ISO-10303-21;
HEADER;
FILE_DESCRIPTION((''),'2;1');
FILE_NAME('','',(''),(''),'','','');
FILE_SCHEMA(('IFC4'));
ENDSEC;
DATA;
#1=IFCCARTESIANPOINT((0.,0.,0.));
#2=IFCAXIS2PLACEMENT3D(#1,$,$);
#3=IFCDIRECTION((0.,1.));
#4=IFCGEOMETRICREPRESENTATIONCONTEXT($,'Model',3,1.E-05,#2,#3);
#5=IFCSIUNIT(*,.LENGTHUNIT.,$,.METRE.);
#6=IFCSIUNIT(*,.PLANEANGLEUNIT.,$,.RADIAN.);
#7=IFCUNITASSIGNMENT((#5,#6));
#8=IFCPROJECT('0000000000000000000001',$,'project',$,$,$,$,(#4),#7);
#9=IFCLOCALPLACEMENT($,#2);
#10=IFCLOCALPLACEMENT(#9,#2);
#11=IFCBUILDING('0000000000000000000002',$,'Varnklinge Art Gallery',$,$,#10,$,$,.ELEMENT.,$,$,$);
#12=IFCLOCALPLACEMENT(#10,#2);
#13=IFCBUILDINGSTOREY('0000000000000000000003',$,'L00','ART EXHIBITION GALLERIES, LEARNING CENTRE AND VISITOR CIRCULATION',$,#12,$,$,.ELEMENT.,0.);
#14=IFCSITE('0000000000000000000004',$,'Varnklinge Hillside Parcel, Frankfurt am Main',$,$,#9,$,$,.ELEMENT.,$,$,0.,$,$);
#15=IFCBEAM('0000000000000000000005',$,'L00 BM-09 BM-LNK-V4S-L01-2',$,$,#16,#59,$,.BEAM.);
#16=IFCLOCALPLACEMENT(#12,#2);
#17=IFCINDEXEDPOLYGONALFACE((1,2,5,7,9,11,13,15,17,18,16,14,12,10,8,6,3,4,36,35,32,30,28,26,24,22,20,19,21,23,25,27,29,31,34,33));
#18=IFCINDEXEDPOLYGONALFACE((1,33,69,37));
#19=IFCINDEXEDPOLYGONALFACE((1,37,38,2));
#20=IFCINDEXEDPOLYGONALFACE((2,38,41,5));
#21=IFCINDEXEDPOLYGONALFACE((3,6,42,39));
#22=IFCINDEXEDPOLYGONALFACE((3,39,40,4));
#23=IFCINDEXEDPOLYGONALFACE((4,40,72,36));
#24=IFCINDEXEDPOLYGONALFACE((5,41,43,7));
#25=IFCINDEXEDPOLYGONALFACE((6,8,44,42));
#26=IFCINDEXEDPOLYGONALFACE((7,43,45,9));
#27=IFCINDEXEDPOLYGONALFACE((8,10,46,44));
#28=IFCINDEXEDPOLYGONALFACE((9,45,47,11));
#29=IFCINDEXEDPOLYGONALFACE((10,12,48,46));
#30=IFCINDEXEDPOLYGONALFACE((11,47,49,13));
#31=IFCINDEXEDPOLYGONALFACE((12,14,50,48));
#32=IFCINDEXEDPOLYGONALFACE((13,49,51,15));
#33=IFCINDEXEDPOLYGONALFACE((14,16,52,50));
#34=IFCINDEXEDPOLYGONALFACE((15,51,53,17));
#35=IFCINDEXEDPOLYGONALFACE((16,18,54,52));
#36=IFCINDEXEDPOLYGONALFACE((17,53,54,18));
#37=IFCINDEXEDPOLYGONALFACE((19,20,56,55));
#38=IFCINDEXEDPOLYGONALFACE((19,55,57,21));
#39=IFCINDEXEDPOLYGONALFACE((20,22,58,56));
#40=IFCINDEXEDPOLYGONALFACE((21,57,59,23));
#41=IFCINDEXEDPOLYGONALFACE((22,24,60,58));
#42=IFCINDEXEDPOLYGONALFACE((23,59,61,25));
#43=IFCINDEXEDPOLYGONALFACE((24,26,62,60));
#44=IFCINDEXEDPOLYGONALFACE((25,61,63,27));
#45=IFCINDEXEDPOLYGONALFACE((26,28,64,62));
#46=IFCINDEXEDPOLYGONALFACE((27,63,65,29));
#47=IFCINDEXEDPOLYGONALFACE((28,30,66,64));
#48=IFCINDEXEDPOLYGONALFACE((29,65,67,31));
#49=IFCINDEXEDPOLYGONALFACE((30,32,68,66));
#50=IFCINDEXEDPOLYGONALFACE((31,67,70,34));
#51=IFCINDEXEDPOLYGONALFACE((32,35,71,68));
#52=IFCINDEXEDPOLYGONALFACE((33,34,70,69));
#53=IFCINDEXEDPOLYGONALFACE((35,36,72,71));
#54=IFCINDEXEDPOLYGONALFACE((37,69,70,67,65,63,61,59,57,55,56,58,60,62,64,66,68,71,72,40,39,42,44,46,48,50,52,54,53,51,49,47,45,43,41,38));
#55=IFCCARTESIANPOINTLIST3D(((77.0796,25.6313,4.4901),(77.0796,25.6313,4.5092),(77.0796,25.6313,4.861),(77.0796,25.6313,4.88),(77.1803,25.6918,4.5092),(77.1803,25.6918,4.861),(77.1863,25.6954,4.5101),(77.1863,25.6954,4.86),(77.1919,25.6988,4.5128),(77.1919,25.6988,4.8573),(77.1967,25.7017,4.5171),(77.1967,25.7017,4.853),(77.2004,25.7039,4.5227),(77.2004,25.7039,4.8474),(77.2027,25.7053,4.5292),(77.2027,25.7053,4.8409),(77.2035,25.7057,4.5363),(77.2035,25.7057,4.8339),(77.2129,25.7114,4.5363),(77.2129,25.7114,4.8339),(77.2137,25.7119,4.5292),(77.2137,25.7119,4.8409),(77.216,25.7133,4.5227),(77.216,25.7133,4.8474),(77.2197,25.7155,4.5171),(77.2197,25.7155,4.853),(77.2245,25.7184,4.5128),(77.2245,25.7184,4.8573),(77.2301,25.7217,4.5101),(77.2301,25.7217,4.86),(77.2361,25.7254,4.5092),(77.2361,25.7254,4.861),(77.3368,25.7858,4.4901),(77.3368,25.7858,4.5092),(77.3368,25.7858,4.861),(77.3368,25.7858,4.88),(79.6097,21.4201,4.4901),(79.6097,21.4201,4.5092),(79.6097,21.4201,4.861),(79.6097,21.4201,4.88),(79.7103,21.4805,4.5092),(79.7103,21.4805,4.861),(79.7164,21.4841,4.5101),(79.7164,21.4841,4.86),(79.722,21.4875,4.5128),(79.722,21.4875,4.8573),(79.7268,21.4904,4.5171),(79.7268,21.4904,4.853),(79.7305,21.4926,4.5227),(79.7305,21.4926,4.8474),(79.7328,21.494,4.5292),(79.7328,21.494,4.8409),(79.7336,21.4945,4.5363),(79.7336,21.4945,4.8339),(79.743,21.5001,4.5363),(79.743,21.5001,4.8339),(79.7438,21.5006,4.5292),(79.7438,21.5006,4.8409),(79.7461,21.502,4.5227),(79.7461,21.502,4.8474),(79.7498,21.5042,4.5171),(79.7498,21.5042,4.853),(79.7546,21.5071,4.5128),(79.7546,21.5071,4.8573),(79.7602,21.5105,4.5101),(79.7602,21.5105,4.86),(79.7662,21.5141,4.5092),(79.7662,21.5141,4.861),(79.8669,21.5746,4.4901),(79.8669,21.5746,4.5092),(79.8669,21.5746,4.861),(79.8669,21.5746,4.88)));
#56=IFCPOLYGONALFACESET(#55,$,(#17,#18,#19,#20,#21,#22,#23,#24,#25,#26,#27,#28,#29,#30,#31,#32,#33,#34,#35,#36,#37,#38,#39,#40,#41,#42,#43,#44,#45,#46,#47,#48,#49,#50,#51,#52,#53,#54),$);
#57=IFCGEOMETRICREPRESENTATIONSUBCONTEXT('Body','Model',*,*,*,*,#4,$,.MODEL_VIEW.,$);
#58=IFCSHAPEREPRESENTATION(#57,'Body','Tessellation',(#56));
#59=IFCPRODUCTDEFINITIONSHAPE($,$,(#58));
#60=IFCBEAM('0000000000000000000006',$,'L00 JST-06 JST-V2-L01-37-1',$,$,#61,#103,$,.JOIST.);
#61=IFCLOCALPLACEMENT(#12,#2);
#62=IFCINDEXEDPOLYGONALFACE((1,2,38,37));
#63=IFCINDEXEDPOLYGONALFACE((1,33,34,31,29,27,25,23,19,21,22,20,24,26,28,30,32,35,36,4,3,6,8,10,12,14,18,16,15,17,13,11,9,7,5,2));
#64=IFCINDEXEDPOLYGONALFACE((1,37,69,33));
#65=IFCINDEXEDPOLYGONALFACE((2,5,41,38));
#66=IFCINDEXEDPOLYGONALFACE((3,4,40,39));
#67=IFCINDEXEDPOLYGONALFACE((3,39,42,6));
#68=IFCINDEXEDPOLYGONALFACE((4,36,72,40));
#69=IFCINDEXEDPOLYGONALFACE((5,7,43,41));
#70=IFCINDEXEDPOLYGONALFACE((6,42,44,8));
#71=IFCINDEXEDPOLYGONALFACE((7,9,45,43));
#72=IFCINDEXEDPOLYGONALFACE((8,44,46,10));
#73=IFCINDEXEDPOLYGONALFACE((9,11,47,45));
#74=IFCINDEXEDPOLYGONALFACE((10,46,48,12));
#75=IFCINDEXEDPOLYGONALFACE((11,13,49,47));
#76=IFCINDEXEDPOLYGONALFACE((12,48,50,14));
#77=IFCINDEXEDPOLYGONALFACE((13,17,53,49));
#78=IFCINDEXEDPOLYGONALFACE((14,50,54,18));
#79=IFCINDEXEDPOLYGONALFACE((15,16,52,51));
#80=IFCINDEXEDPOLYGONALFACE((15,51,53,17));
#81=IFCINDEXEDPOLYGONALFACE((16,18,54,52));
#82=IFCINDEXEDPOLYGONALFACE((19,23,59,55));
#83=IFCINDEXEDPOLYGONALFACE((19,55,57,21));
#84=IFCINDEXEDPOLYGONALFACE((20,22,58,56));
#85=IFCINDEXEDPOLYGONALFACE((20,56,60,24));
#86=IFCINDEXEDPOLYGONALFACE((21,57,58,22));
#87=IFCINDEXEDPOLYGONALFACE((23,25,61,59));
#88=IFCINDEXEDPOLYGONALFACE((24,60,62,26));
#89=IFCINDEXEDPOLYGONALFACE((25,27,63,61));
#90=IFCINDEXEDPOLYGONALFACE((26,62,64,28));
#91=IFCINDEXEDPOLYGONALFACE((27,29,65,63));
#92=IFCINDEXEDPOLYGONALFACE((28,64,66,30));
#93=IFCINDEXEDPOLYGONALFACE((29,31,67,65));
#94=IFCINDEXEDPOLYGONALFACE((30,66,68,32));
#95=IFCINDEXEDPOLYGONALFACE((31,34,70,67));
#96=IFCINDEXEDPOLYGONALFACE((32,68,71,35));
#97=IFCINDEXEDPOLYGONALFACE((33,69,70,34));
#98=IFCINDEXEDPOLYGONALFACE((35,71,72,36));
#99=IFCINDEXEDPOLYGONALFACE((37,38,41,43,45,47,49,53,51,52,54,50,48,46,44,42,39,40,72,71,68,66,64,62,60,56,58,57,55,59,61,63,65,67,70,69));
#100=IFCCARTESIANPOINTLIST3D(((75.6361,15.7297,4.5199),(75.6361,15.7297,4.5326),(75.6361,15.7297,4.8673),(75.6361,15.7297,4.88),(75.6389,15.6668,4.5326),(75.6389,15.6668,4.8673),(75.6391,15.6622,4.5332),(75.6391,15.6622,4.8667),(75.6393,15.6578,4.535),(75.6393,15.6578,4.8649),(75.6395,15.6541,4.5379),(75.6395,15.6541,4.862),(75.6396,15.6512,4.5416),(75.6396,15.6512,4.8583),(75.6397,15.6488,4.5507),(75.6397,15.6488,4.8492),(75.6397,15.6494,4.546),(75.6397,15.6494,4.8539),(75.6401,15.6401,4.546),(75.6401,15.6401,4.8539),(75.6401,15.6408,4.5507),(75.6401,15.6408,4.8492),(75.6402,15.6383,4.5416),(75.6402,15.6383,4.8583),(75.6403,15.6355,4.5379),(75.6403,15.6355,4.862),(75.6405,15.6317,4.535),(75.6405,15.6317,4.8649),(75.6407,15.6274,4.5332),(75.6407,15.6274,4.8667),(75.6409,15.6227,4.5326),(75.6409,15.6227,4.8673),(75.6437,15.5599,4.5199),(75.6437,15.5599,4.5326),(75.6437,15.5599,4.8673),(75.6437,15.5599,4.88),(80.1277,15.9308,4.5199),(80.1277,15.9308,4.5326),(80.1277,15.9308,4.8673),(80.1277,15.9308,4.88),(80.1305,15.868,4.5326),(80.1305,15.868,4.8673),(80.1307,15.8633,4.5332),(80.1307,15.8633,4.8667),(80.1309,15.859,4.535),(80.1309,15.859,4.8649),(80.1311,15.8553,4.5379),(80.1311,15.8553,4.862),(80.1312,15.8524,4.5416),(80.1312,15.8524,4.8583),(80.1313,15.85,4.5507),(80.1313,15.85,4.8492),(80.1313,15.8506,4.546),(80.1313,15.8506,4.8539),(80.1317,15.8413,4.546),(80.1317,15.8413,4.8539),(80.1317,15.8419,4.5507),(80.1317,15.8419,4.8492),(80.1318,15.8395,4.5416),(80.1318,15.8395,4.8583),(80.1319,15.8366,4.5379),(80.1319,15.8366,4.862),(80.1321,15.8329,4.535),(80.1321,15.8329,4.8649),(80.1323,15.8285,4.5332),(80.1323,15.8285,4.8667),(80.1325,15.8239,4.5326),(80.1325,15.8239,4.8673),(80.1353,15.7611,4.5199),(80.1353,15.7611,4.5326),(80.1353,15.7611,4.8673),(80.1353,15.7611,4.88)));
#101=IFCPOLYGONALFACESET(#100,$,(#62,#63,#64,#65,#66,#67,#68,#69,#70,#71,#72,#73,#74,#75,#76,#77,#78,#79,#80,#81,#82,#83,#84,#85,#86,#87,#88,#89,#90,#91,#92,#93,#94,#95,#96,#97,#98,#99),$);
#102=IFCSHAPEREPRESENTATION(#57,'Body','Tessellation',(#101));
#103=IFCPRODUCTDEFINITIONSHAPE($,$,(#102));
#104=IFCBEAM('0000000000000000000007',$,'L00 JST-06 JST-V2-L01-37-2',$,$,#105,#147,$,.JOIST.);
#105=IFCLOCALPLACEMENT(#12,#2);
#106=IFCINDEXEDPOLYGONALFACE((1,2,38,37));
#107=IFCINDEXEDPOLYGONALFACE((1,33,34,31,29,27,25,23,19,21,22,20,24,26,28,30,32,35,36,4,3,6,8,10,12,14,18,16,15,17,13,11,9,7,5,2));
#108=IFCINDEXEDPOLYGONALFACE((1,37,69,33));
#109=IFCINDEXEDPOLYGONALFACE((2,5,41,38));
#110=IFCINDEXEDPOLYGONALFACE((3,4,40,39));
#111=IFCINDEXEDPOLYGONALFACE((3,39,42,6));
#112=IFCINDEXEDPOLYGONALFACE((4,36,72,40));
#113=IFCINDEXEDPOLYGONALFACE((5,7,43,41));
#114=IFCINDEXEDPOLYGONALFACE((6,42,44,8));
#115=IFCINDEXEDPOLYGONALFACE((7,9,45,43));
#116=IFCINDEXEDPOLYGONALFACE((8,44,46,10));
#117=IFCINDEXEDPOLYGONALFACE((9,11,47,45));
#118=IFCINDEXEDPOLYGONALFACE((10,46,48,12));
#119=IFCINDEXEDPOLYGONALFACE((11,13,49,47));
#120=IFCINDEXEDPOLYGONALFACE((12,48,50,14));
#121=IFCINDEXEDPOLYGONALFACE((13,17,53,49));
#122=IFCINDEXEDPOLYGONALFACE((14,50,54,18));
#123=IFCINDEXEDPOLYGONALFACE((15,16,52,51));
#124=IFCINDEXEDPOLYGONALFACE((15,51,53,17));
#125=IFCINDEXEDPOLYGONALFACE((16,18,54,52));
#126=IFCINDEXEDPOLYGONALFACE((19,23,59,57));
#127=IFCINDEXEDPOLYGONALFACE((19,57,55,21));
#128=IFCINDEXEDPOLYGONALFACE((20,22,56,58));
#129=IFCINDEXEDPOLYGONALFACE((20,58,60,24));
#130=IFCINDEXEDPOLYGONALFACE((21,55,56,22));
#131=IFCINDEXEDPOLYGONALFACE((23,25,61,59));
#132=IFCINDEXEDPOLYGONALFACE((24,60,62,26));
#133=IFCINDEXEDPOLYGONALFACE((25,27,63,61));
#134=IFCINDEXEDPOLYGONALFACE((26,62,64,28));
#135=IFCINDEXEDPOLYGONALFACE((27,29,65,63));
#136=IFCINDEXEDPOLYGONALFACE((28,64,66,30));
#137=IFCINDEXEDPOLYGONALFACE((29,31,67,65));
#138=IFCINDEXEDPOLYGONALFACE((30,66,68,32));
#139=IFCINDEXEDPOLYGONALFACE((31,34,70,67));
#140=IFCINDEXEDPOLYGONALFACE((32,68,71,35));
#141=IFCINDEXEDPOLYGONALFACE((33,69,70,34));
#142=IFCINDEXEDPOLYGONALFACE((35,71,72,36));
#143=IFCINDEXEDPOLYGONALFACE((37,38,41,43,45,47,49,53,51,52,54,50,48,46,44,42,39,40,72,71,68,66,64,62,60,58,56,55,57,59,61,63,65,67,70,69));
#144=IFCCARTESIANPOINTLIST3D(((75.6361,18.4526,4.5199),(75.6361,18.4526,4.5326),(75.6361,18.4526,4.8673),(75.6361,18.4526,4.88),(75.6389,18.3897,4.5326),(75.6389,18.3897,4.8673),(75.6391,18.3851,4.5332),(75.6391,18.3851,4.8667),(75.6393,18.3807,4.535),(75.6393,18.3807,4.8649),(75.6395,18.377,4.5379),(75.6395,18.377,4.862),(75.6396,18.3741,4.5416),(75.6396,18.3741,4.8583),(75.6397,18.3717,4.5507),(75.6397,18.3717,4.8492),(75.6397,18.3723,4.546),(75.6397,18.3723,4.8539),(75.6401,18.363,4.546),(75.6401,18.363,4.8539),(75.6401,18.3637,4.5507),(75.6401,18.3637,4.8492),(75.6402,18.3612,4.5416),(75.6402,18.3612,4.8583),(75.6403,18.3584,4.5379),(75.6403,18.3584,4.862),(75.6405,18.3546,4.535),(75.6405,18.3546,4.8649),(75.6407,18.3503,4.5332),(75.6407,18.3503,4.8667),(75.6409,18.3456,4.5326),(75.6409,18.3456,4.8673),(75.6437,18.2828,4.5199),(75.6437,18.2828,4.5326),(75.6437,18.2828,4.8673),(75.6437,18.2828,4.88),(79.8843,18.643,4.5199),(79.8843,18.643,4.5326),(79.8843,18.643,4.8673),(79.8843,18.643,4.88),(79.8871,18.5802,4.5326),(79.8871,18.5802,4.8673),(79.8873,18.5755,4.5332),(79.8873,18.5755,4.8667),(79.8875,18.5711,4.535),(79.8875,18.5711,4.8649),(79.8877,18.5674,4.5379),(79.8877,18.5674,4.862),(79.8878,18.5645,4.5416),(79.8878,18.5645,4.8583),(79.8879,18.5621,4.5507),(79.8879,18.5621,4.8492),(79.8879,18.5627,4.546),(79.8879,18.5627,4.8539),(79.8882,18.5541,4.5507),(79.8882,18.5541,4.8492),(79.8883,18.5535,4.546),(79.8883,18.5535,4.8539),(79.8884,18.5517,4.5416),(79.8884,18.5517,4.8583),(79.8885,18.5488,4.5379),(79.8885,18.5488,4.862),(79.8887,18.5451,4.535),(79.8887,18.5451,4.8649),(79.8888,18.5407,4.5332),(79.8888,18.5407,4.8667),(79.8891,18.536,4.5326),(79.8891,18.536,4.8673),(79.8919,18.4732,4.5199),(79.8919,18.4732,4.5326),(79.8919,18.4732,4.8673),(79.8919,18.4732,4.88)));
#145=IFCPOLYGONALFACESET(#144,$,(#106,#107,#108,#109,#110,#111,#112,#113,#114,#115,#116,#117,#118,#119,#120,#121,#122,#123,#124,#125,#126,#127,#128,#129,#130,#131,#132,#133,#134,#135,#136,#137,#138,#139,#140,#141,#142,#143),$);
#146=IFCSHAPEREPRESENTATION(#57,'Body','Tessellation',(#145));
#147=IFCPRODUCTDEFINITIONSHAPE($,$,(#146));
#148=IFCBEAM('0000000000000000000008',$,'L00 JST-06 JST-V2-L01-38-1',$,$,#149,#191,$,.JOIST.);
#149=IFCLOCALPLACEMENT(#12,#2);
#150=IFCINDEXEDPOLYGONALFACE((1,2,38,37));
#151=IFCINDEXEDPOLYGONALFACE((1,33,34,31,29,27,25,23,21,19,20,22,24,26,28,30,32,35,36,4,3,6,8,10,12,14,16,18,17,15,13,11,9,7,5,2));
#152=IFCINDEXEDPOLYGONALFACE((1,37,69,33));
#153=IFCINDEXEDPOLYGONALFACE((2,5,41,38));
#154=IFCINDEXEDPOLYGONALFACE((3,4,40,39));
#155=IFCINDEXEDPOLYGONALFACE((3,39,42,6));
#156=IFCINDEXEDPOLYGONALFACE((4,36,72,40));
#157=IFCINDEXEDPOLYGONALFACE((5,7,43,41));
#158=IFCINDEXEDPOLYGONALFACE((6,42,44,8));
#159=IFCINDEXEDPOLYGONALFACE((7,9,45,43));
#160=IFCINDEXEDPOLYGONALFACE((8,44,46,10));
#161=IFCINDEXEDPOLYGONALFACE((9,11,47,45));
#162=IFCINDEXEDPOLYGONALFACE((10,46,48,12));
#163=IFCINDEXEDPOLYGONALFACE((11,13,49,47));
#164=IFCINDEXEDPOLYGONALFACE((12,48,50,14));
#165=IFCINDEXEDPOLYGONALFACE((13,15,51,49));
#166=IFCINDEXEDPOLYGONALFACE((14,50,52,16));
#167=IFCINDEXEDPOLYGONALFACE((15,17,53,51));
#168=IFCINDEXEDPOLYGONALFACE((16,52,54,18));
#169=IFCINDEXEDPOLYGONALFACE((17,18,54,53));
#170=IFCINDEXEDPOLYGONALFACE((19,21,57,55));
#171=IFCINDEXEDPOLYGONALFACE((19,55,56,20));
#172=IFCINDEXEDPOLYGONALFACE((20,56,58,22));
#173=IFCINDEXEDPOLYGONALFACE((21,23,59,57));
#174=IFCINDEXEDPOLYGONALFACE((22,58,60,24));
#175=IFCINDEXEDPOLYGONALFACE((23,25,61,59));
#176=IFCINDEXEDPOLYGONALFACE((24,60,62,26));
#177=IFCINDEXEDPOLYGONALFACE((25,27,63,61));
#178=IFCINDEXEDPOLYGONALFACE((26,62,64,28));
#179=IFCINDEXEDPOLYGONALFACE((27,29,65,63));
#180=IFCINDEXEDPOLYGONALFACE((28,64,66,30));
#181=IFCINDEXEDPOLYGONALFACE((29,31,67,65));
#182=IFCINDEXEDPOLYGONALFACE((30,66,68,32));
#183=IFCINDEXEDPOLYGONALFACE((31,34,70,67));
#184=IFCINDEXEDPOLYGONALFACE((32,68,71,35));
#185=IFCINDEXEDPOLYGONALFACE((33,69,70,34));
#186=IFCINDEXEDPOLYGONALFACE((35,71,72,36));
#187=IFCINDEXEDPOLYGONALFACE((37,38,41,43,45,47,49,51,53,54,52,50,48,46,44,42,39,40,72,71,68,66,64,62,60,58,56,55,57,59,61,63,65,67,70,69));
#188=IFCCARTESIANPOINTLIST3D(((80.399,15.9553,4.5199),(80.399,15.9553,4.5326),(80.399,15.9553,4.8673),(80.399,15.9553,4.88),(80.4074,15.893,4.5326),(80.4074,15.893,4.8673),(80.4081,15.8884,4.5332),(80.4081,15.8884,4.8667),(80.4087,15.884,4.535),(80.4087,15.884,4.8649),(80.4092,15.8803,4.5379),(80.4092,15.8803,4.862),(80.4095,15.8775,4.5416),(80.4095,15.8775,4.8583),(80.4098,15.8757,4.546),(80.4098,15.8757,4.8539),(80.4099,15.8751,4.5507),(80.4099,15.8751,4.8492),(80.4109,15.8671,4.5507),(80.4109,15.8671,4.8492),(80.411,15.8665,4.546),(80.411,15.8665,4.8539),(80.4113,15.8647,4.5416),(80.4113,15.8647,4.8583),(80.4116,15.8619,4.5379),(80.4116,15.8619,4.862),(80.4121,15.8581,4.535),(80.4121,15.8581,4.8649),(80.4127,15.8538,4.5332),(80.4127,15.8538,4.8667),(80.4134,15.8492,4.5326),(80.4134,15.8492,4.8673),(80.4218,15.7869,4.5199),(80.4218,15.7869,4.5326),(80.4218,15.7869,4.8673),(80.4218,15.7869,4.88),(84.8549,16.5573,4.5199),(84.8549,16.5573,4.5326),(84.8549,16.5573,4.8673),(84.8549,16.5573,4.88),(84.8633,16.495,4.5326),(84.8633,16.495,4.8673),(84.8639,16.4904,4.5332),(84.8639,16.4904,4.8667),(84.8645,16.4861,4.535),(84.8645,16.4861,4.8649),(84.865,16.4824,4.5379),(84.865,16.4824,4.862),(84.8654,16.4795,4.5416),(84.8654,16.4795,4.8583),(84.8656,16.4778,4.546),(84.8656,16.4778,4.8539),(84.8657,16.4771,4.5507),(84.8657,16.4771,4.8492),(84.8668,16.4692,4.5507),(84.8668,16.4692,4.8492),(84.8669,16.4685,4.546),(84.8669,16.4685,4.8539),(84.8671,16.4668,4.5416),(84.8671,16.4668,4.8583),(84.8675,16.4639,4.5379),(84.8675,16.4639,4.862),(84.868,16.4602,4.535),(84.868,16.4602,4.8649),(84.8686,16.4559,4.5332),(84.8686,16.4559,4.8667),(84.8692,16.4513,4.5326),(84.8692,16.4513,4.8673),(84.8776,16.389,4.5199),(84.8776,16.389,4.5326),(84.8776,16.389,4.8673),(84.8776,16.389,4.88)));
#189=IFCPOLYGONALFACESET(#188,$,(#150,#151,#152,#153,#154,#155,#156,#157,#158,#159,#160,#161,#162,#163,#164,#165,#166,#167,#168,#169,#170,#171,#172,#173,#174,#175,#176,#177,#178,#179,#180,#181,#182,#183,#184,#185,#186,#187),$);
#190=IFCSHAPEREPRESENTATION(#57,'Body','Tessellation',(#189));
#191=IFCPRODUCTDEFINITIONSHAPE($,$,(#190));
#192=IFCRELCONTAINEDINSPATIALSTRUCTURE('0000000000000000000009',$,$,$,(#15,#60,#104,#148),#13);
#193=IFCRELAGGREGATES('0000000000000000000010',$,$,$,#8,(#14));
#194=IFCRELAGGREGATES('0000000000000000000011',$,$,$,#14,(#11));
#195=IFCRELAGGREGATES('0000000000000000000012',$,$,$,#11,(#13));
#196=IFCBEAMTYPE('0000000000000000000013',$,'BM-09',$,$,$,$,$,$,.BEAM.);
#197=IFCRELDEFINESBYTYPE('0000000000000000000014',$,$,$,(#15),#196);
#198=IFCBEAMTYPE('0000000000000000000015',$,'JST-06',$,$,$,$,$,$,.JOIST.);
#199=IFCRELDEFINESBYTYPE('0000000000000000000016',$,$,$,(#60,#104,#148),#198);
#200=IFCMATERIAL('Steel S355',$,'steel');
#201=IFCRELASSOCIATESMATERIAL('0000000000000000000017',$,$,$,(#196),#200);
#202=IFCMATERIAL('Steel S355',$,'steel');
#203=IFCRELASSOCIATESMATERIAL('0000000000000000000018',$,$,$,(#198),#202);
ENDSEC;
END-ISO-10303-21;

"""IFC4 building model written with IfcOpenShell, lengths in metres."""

from ifc_helpers import new_model, si_unit, direction, frame, origin, origin_2d, place, context, subcontext, project, spatial, i_section, extrude, material, material_profile, profile_set, type_object, element, save


model = new_model("IFC4")

# Units and contexts
model_context = context("Model", 3, precision=1e-05, world=origin(), true_north=direction((0.0, 1.0)))
body_context = subcontext(model_context, "Body", "Model", "MODEL_VIEW")
ifc_project = project(units=[si_unit("LENGTHUNIT", "METRE"), si_unit("PLANEANGLEUNIT", "RADIAN")], contexts=[model_context])

# Site, building, storey
site_placement = place(None, origin())
site = spatial("IfcSite", under=ifc_project, at=site_placement, Name="Varnklinge Hillside Parcel, Frankfurt am Main", CompositionType="ELEMENT", RefElevation=0.0)
building_placement = place(site_placement, origin())
building = spatial("IfcBuilding", under=site, at=building_placement, Name="Varnklinge Art Gallery", CompositionType="ELEMENT")
storey_placement = place(building_placement, origin())
storey = spatial("IfcBuildingStorey", under=building, at=storey_placement, Name="L00", Description="ART EXHIBITION GALLERIES, LEARNING CENTRE AND VISITOR CIRCULATION", CompositionType="ELEMENT", Elevation=0.0)

# Beams
ifc_material_1 = material(Name="Steel S355", Category="steel")
ifc_material_profile_1 = material_profile(ifc_material_1, i_section(OverallWidth=0.3, OverallDepth=0.3899, WebThickness=0.011, FlangeThickness=0.019, FilletRadius=0.0271, at=origin_2d()), Name="HEA 400")
ifc_profile_set_1 = profile_set([ifc_material_profile_1], Name="Steel S355")
beam_type_1 = type_object("IfcBeamType", Name="BM-09", PredefinedType="BEAM", material=ifc_profile_set_1)
beam_1_placement = place(storey_placement, frame((79.7383, 21.4973, 4.6851), z_axis=(-0.514993, 0.857195, 0.0), x_axis=(-0.857195, -0.514993, 0.0)))
element("IfcBeam", 1, at=beam_1_placement, inside=storey, type_object=beam_type_1, Name="L00 BM-09 BM-LNK-V4S-L01-2", PredefinedType="BEAM", context=body_context, shape_type="SweptSolid", body=[
    extrude(i_section(OverallWidth=0.3, OverallDepth=0.3899, WebThickness=0.011, FlangeThickness=0.019, FilletRadius=0.0271, at=origin_2d()), origin(), (0.0, 0.0, 1.0), 4.9128),
])
ifc_material_2 = material(Name="Steel S355", Category="steel")
ifc_material_profile_2 = material_profile(ifc_material_2, i_section(OverallWidth=0.1699, OverallDepth=0.3601, WebThickness=0.0081, FlangeThickness=0.0127, FilletRadius=0.0181, at=origin_2d()), Name="IPE 360")
ifc_profile_set_2 = profile_set([ifc_material_profile_2], Name="Steel S355")
beam_type_2 = type_object("IfcBeamType", Name="JST-06", PredefinedType="JOIST", material=ifc_profile_set_2)
beam_2_placement = place(storey_placement, frame((75.6399, 15.6448, 4.7), z_axis=(0.998999, 0.044743, 0.0), x_axis=(-0.044743, 0.998999, 0.0)))
element("IfcBeam", 2, at=beam_2_placement, inside=storey, type_object=beam_type_2, Name="L00 JST-06 JST-V2-L01-37-1", PredefinedType="JOIST", context=body_context, shape_type="SweptSolid", body=[
    extrude(i_section(OverallWidth=0.1699, OverallDepth=0.3601, WebThickness=0.0081, FlangeThickness=0.0127, FilletRadius=0.0181, at=origin_2d()), origin(), (0.0, 0.0, 1.0), 4.4961),
])
beam_3_placement = place(storey_placement, frame((75.6399, 18.3677, 4.7), z_axis=(0.998997, 0.04478, 0.0), x_axis=(-0.04478, 0.998997, 0.0)))
element("IfcBeam", 3, at=beam_3_placement, inside=storey, type_object=beam_type_2, Name="L00 JST-06 JST-V2-L01-37-2", PredefinedType="JOIST", context=body_context, shape_type="SweptSolid", body=[
    extrude(i_section(OverallWidth=0.1699, OverallDepth=0.3601, WebThickness=0.0081, FlangeThickness=0.0127, FilletRadius=0.0181, at=origin_2d()), origin(), (0.0, 0.0, 1.0), 4.2524),
])
beam_4_placement = place(storey_placement, frame((80.4104, 15.8711, 4.7), z_axis=(0.990995, 0.133899, 0.0), x_axis=(-0.133899, 0.990995, 0.0)))
element("IfcBeam", 4, at=beam_4_placement, inside=storey, type_object=beam_type_2, Name="L00 JST-06 JST-V2-L01-38-1", PredefinedType="JOIST", context=body_context, shape_type="SweptSolid", body=[
    extrude(i_section(OverallWidth=0.1699, OverallDepth=0.3601, WebThickness=0.0081, FlangeThickness=0.0127, FilletRadius=0.0181, at=origin_2d()), origin(), (0.0, 0.0, 1.0), 4.4963),
])

save(model, "model.ifc")
